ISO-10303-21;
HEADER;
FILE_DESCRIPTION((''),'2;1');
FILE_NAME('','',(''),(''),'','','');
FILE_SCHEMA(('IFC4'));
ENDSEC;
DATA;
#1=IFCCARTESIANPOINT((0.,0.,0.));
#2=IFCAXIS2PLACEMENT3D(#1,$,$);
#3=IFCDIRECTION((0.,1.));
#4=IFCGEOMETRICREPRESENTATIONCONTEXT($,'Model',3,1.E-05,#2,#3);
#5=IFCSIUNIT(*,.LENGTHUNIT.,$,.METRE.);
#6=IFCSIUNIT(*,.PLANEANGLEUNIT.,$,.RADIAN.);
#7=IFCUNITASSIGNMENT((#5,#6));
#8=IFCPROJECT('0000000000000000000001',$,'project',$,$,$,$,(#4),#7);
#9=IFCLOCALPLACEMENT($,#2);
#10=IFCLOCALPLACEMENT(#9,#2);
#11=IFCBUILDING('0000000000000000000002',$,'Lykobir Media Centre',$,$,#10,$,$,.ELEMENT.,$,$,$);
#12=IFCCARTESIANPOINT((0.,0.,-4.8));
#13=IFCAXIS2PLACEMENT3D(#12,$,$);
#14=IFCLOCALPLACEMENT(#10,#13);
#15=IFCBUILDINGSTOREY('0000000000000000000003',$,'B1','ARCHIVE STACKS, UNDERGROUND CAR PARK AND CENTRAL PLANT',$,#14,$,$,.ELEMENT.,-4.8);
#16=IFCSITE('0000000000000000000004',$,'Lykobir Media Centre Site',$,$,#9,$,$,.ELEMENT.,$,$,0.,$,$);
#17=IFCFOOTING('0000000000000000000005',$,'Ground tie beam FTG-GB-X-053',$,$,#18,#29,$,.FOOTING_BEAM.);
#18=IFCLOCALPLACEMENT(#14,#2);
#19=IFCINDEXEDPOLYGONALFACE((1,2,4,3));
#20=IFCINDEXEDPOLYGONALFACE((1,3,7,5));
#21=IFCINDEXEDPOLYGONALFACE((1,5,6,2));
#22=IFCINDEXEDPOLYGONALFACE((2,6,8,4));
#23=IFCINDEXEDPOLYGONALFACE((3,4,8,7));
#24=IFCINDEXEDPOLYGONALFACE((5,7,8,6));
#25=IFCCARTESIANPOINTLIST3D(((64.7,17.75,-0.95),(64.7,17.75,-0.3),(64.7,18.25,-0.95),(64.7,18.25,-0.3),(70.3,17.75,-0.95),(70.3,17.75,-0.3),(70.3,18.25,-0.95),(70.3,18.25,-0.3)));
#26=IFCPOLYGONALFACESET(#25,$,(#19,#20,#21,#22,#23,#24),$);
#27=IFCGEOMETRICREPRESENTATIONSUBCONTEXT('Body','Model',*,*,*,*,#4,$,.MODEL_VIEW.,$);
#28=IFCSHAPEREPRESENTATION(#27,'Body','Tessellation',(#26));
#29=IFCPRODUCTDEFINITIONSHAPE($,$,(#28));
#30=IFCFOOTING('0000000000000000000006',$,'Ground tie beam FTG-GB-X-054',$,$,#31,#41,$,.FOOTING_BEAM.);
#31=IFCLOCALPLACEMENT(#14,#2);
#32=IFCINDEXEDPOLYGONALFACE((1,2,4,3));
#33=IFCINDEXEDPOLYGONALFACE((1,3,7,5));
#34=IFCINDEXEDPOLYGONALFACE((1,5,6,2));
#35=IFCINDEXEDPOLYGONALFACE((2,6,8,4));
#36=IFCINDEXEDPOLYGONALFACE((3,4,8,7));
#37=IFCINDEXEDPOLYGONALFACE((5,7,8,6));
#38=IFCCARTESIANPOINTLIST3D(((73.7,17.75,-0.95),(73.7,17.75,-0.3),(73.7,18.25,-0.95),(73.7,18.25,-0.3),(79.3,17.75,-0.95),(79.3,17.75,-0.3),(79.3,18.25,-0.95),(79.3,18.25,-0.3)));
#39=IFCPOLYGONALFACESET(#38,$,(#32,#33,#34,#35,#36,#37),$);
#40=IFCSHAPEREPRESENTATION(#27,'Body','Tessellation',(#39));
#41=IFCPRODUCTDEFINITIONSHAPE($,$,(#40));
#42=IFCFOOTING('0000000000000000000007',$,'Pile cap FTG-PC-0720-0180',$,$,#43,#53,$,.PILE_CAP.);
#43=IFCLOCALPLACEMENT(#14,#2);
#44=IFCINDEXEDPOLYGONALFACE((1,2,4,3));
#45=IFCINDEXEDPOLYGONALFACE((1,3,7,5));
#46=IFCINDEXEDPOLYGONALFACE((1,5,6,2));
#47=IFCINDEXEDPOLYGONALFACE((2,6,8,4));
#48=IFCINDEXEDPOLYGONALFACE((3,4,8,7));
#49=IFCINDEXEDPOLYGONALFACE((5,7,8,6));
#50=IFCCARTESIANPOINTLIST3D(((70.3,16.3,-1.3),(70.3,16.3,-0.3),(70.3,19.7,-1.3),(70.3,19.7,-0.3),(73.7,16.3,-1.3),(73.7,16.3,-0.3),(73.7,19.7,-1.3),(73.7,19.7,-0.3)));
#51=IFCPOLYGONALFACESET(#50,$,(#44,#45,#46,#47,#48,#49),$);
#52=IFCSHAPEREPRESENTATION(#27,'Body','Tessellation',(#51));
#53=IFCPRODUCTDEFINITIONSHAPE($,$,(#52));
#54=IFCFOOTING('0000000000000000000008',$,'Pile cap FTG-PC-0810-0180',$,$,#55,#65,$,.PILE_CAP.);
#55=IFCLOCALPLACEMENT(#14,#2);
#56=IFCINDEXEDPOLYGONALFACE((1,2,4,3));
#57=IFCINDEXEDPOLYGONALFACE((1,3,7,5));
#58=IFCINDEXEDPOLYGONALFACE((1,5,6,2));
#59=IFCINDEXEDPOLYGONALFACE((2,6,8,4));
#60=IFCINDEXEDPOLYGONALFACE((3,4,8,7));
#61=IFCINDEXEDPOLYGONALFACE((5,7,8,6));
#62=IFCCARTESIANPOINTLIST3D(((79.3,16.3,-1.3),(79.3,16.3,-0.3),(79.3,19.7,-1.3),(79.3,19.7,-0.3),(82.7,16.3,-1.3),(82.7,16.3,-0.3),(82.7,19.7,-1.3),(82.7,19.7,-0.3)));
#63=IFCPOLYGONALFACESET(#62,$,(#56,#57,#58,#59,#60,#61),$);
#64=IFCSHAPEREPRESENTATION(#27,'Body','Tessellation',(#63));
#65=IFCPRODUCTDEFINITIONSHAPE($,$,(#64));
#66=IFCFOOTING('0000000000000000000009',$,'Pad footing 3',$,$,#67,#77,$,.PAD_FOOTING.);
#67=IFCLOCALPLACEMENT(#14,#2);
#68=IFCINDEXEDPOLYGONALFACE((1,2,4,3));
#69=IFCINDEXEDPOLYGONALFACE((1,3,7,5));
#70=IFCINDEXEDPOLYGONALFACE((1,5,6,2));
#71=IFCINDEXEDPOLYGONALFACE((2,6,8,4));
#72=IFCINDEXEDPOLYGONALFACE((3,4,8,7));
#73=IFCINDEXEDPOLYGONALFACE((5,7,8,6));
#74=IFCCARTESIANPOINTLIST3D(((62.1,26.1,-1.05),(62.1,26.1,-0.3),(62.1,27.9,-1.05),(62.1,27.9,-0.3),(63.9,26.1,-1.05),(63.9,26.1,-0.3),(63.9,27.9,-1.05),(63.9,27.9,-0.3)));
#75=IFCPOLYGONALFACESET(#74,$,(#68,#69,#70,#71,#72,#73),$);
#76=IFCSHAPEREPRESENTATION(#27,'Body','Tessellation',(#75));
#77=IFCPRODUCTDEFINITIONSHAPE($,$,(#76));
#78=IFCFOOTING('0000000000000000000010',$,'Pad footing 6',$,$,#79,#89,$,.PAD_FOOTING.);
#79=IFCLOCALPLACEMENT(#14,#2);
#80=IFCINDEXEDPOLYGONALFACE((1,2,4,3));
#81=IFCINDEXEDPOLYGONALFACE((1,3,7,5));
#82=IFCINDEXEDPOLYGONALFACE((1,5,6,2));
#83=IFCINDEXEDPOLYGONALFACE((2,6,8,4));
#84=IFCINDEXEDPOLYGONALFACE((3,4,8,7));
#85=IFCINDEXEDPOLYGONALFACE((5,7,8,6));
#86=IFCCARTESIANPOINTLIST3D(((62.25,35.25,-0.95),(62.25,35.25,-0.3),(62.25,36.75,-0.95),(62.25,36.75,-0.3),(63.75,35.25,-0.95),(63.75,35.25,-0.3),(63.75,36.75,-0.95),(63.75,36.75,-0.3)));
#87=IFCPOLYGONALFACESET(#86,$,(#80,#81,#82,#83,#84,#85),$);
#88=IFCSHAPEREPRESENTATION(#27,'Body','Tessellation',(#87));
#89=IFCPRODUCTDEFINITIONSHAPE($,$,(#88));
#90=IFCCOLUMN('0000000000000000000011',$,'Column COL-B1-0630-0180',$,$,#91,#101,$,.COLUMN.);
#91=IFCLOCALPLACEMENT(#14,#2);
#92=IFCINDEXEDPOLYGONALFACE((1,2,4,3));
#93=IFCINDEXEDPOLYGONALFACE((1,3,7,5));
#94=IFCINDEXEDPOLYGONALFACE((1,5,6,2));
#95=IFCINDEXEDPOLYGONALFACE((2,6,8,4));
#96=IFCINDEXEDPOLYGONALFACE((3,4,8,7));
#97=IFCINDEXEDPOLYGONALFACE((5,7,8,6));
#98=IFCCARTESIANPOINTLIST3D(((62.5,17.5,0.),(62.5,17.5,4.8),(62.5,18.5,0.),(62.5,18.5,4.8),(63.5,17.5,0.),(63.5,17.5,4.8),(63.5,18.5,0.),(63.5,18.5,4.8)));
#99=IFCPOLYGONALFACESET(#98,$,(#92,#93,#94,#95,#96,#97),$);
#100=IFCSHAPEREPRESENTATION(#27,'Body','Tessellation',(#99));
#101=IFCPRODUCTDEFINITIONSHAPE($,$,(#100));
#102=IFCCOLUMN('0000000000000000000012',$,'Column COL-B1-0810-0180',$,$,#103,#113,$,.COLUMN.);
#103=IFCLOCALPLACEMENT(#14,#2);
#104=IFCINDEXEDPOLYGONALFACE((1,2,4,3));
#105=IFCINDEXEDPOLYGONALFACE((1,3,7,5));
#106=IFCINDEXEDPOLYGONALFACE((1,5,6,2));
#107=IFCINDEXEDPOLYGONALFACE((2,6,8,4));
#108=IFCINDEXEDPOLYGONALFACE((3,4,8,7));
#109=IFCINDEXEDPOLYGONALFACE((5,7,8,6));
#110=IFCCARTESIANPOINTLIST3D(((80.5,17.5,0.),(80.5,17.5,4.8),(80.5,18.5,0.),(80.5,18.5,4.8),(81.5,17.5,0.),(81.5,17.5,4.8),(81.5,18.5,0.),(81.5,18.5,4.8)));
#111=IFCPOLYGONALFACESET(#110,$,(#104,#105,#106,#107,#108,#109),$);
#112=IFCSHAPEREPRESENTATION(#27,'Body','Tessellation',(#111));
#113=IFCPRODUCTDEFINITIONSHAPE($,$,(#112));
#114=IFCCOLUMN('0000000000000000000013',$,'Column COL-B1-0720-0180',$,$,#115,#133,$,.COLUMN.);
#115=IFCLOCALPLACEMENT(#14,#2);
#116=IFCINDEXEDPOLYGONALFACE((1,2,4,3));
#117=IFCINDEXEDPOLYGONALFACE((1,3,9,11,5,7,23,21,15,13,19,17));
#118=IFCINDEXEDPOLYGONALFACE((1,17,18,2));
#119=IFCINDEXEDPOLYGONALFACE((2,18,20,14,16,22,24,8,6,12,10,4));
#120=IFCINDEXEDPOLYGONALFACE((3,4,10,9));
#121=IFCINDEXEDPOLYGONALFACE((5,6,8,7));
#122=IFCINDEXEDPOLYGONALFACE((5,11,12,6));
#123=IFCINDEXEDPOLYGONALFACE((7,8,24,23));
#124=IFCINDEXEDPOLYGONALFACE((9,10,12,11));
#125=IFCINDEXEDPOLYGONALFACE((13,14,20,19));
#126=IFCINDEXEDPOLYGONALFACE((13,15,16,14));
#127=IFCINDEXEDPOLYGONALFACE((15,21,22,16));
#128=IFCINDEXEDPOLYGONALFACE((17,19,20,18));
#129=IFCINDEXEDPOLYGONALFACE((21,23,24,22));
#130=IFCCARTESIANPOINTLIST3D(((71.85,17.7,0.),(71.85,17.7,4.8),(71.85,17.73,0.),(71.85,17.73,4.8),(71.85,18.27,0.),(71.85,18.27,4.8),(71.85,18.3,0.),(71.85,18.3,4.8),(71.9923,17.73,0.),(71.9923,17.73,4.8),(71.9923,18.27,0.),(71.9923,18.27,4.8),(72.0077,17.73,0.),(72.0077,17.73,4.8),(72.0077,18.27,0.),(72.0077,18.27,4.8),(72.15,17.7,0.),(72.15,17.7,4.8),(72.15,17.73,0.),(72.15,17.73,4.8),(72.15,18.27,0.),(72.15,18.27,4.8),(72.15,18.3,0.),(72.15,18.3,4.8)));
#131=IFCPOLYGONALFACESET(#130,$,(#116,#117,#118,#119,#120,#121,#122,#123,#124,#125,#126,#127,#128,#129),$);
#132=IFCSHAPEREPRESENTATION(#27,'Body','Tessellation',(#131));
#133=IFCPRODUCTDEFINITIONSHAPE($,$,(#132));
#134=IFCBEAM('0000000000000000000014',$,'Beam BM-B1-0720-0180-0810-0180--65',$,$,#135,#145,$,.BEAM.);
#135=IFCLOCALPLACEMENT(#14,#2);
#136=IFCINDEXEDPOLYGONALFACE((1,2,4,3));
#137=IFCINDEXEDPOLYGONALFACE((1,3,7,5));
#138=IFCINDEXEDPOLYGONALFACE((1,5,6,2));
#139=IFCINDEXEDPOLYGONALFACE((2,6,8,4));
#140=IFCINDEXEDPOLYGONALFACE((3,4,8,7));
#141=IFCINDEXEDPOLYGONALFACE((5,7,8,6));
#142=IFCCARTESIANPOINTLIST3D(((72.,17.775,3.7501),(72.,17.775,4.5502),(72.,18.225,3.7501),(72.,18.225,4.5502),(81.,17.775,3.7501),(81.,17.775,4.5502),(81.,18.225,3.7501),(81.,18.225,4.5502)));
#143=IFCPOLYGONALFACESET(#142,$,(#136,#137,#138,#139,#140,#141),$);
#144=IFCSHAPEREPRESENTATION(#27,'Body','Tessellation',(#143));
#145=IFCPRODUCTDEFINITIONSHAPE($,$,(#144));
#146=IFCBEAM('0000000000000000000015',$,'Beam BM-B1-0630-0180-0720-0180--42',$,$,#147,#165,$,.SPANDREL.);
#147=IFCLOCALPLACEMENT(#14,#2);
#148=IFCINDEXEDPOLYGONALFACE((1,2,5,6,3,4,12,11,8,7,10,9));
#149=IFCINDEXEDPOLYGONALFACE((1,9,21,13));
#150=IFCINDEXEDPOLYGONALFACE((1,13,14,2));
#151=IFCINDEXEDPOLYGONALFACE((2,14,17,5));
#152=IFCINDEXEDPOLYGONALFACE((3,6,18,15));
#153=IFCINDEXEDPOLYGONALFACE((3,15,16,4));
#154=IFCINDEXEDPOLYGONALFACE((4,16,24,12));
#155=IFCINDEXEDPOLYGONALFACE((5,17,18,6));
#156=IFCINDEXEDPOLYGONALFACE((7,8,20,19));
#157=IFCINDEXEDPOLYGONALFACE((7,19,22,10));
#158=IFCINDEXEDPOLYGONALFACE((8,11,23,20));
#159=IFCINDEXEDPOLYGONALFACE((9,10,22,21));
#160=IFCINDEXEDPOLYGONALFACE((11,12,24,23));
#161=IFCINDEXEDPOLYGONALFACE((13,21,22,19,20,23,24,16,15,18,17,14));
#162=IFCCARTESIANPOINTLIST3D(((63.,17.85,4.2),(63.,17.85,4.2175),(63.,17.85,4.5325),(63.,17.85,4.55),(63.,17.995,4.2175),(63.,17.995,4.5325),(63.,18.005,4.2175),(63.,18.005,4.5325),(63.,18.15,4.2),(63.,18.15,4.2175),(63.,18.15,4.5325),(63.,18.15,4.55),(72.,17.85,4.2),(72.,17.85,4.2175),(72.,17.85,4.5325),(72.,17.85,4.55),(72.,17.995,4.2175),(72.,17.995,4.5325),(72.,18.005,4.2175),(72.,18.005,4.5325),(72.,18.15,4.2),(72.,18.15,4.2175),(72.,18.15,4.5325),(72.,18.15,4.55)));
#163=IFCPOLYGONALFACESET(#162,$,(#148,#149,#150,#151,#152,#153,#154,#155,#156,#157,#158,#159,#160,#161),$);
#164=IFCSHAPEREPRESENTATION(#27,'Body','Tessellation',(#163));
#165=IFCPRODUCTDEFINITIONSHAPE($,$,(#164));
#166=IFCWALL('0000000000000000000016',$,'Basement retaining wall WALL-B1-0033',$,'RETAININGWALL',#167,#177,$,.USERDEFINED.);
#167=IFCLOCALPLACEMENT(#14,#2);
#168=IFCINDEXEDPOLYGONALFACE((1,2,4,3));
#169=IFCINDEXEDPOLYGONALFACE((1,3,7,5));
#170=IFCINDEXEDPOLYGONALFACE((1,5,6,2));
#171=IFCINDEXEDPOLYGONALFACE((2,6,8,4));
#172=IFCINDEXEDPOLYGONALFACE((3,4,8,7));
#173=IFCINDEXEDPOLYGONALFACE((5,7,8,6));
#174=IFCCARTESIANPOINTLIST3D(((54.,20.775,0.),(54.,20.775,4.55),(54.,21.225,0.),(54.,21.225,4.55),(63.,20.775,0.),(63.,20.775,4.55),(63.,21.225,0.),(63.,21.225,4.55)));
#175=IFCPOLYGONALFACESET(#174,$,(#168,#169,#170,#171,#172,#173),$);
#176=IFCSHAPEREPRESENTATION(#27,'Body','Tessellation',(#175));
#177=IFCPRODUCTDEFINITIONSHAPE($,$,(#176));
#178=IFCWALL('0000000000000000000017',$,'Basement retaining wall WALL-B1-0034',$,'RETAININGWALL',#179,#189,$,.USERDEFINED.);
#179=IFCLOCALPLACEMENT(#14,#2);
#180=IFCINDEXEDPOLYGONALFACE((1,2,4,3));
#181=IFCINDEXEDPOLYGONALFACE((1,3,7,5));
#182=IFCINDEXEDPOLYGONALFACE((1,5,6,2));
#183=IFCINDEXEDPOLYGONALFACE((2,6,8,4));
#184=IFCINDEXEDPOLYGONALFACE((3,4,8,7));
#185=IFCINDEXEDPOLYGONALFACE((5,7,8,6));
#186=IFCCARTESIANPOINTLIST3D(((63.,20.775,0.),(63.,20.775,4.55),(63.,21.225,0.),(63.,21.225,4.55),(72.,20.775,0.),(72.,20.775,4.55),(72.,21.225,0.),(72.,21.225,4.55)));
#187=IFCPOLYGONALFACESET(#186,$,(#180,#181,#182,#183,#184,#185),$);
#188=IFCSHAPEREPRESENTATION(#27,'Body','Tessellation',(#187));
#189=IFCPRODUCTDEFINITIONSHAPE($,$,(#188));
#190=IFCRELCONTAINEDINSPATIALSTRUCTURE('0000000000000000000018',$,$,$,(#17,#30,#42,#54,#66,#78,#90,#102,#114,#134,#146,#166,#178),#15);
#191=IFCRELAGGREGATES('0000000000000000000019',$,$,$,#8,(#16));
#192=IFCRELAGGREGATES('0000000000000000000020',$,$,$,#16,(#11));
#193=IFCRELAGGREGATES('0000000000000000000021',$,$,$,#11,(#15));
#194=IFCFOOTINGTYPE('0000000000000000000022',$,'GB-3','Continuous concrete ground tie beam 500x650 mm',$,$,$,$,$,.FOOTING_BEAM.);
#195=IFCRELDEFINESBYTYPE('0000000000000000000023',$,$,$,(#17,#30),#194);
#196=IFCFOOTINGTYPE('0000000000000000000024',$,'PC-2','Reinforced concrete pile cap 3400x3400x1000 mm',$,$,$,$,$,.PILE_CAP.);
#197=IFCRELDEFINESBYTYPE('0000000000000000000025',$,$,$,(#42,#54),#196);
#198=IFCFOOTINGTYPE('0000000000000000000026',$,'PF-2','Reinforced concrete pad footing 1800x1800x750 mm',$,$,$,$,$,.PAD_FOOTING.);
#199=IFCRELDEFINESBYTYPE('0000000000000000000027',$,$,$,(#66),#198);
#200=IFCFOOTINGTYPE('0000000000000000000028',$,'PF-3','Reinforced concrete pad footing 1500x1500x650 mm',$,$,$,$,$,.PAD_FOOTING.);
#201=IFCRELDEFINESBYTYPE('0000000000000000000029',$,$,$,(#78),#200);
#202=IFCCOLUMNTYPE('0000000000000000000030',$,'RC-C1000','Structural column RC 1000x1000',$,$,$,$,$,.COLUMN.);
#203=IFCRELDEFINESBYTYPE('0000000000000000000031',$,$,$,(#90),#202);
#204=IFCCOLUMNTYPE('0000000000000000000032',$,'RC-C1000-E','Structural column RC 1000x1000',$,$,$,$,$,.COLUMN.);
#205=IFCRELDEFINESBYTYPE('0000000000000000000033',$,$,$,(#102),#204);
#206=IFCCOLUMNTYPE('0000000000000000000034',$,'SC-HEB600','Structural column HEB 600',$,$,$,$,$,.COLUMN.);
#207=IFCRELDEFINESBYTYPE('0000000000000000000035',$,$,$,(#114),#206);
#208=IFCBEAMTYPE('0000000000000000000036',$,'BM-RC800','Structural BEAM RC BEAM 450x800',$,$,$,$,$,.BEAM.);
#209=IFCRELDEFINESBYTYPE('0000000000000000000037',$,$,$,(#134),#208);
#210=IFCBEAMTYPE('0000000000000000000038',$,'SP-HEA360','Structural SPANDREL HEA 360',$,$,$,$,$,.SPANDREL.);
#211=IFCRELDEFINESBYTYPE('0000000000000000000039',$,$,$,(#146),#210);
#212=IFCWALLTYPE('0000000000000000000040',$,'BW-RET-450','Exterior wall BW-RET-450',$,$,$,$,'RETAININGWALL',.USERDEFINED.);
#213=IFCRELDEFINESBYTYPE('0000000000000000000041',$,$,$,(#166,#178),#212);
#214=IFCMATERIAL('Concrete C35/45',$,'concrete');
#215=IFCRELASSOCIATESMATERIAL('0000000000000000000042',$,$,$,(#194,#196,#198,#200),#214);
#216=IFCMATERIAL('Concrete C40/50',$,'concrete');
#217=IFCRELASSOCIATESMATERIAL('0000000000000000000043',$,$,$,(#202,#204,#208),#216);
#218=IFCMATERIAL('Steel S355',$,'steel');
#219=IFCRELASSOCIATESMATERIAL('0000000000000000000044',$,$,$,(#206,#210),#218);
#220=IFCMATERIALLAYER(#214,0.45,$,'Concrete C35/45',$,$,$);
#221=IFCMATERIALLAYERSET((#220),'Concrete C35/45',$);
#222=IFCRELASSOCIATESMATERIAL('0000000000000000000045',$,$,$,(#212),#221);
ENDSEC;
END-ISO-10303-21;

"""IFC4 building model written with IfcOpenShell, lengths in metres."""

from ifc_helpers import new_model, si_unit, direction, frame, frame_2d, origin, origin_2d, place, context, subcontext, project, spatial, rectangle, i_section, extrude, material, layer, layer_set, material_profile, profile_set, type_object, element, save


model = new_model("IFC4")

# Units and contexts
model_context = context("Model", 3, precision=1e-05, world=origin(), true_north=direction((0.0, 1.0)))
body_context = subcontext(model_context, "Body", "Model", "MODEL_VIEW")
ifc_project = project(units=[si_unit("LENGTHUNIT", "METRE"), si_unit("PLANEANGLEUNIT", "RADIAN")], contexts=[model_context])

# Site, building, storey
site_placement = place(None, origin())
site = spatial("IfcSite", under=ifc_project, at=site_placement, Name="Lykobir Media Centre Site", CompositionType="ELEMENT", RefElevation=0.0)
building_placement = place(site_placement, origin())
building = spatial("IfcBuilding", under=site, at=building_placement, Name="Lykobir Media Centre", CompositionType="ELEMENT")
storey_placement = place(building_placement, frame((0.0, 0.0, -4.8)))
storey = spatial("IfcBuildingStorey", under=building, at=storey_placement, Name="B1", Description="ARCHIVE STACKS, UNDERGROUND CAR PARK AND CENTRAL PLANT", CompositionType="ELEMENT", Elevation=-4.8)

# Footings
ifc_material_1 = material(Name="Concrete C35/45", Category="concrete")
footing_type_1 = type_object("IfcFootingType", Name="GB-3", Description="Continuous concrete ground tie beam 500x650 mm", PredefinedType="FOOTING_BEAM", material=ifc_material_1)
for number, where, z_axis, x_axis, name in (
    (1, (67.5, 18.0, -0.95), (0.0, 0.0, 1.0), (1.0, 0.0, 0.0), "Ground tie beam FTG-GB-X-053"),
    (2, (76.5, 18.0, -0.95), (0.0, 0.0, 1.0), (1.0, 0.0, 0.0), "Ground tie beam FTG-GB-X-054"),
):
    element("IfcFooting", number, at=place(storey_placement, frame(where, z_axis=z_axis, x_axis=x_axis)), inside=storey, type_object=footing_type_1, Name=name, PredefinedType="FOOTING_BEAM", context=body_context, shape_type="SweptSolid", body=[
        extrude(rectangle(XDim=5.6001, YDim=0.5, at=origin_2d()), origin(), (0.0, 0.0, 1.0), 0.6499),
    ])
footing_type_2 = type_object("IfcFootingType", Name="PC-2", Description="Reinforced concrete pile cap 3400x3400x1000 mm", PredefinedType="PILE_CAP", material=ifc_material_1)
for number, where, z_axis, x_axis, name in (
    (3, (72.0, 18.0, -1.3), (0.0, 0.0, 1.0), (1.0, 0.0, 0.0), "Pile cap FTG-PC-0720-0180"),
    (4, (81.0, 18.0, -1.3), (0.0, 0.0, 1.0), (1.0, 0.0, 0.0), "Pile cap FTG-PC-0810-0180"),
):
    element("IfcFooting", number, at=place(storey_placement, frame(where, z_axis=z_axis, x_axis=x_axis)), inside=storey, type_object=footing_type_2, Name=name, PredefinedType="PILE_CAP", context=body_context, shape_type="SweptSolid", body=[
        extrude(rectangle(XDim=3.3999, YDim=3.3999, at=origin_2d()), origin(), (0.0, 0.0, 1.0), 1.0),
    ])
footing_type_3 = type_object("IfcFootingType", Name="PF-2", Description="Reinforced concrete pad footing 1800x1800x750 mm", PredefinedType="PAD_FOOTING", material=ifc_material_1)
footing_1_placement = place(storey_placement, frame((63.0, 27.0, -1.05), z_axis=(0.0, 0.0, 1.0), x_axis=(1.0, 0.0, 0.0)))
element("IfcFooting", 5, at=footing_1_placement, inside=storey, type_object=footing_type_3, Name="Pad footing 3", PredefinedType="PAD_FOOTING", context=body_context, shape_type="SweptSolid", body=[
    extrude(rectangle(XDim=1.8, YDim=1.8, at=origin_2d()), origin(), (0.0, 0.0, 1.0), 0.75),
])
footing_type_4 = type_object("IfcFootingType", Name="PF-3", Description="Reinforced concrete pad footing 1500x1500x650 mm", PredefinedType="PAD_FOOTING", material=ifc_material_1)
footing_2_placement = place(storey_placement, frame((63.0, 36.0, -0.95), z_axis=(0.0, 0.0, 1.0), x_axis=(1.0, 0.0, 0.0)))
element("IfcFooting", 6, at=footing_2_placement, inside=storey, type_object=footing_type_4, Name="Pad footing 6", PredefinedType="PAD_FOOTING", context=body_context, shape_type="SweptSolid", body=[
    extrude(rectangle(XDim=1.5, YDim=1.5, at=origin_2d()), origin(), (0.0, 0.0, 1.0), 0.6499),
])

# Columns
ifc_material_2 = material(Name="Concrete C40/50", Category="concrete")
ifc_material_profile_1 = material_profile(ifc_material_2, rectangle(XDim=1.0, YDim=1.0, at=origin_2d()), Name="RC 1000x1000")
ifc_profile_set_1 = profile_set([ifc_material_profile_1], Name="Concrete C40/50")
column_type_1 = type_object("IfcColumnType", Name="RC-C1000", Description="Structural column RC 1000x1000", PredefinedType="COLUMN", material=ifc_profile_set_1)
column_1_placement = place(storey_placement, frame((63.0, 18.0, 0.0), z_axis=(0.0, 0.0, 1.0), x_axis=(1.0, 0.0, 0.0)))
element("IfcColumn", 7, at=column_1_placement, inside=storey, type_object=column_type_1, Name="Column COL-B1-0630-0180", PredefinedType="COLUMN", context=body_context, shape_type="SweptSolid", body=[
    extrude(rectangle(XDim=1.0, YDim=1.0, at=origin_2d()), origin(), (0.0, 0.0, 1.0), 4.8),
])
ifc_material_profile_2 = material_profile(ifc_material_2, rectangle(XDim=1.0, YDim=1.0, at=origin_2d()), Name="RC 1000x1000")
ifc_profile_set_2 = profile_set([ifc_material_profile_2], Name="Concrete C40/50")
column_type_2 = type_object("IfcColumnType", Name="RC-C1000-E", Description="Structural column RC 1000x1000", PredefinedType="COLUMN", material=ifc_profile_set_2)
column_2_placement = place(storey_placement, frame((81.0, 18.0, 0.0), z_axis=(0.0, 0.0, 1.0), x_axis=(1.0, 0.0, 0.0)))
element("IfcColumn", 8, at=column_2_placement, inside=storey, type_object=column_type_2, Name="Column COL-B1-0810-0180", PredefinedType="COLUMN", context=body_context, shape_type="SweptSolid", body=[
    extrude(rectangle(XDim=1.0, YDim=1.0, at=origin_2d()), origin(), (0.0, 0.0, 1.0), 4.8),
])
ifc_material_3 = material(Name="Steel S355", Category="steel")
ifc_material_profile_3 = material_profile(ifc_material_3, i_section(OverallWidth=0.3, OverallDepth=0.6001, WebThickness=0.0154, FlangeThickness=0.03, at=origin_2d()), Name="HEB 600")
ifc_profile_set_3 = profile_set([ifc_material_profile_3], Name="Steel S355")
column_type_3 = type_object("IfcColumnType", Name="SC-HEB600", Description="Structural column HEB 600", PredefinedType="COLUMN", material=ifc_profile_set_3)
column_3_placement = place(storey_placement, frame((72.0, 18.0, 0.0), z_axis=(0.0, 0.0, 1.0), x_axis=(1.0, 0.0, 0.0)))
element("IfcColumn", 9, at=column_3_placement, inside=storey, type_object=column_type_3, Name="Column COL-B1-0720-0180", PredefinedType="COLUMN", context=body_context, shape_type="SweptSolid", body=[
    extrude(i_section(OverallWidth=0.3, OverallDepth=0.6001, WebThickness=0.0154, FlangeThickness=0.03, at=origin_2d()), origin(), (0.0, 0.0, 1.0), 4.8),
])

# Beams
ifc_material_profile_4 = material_profile(ifc_material_2, rectangle(XDim=0.45, YDim=0.8, at=origin_2d()), Name="RC BEAM 450x800")
ifc_profile_set_4 = profile_set([ifc_material_profile_4], Name="Concrete C40/50")
beam_type_1 = type_object("IfcBeamType", Name="BM-RC800", Description="Structural BEAM RC BEAM 450x800", PredefinedType="BEAM", material=ifc_profile_set_4)
beam_1_placement = place(storey_placement, frame((72.0, 18.0, 4.1501), z_axis=(1.0, 0.0, 0.0), x_axis=(0.0, 1.0, 0.0)))
element("IfcBeam", 10, at=beam_1_placement, inside=storey, type_object=beam_type_1, Name="Beam BM-B1-0720-0180-0810-0180--65", PredefinedType="BEAM", context=body_context, shape_type="SweptSolid", body=[
    extrude(rectangle(XDim=0.45, YDim=0.8, at=origin_2d()), origin(), (0.0, 0.0, 1.0), 9.0),
])
ifc_material_profile_5 = material_profile(ifc_material_3, i_section(OverallWidth=0.3, OverallDepth=0.3501, WebThickness=0.01, FlangeThickness=0.0176, at=origin_2d()), Name="HEA 360")
ifc_profile_set_5 = profile_set([ifc_material_profile_5], Name="Steel S355")
beam_type_2 = type_object("IfcBeamType", Name="SP-HEA360", Description="Structural SPANDREL HEA 360", PredefinedType="SPANDREL", material=ifc_profile_set_5)
beam_2_placement = place(storey_placement, frame((63.0, 18.0, 4.375), z_axis=(1.0, 0.0, 0.0), x_axis=(0.0, 1.0, 0.0)))
element("IfcBeam", 11, at=beam_2_placement, inside=storey, type_object=beam_type_2, Name="Beam BM-B1-0630-0180-0720-0180--42", PredefinedType="SPANDREL", context=body_context, shape_type="SweptSolid", body=[
    extrude(i_section(OverallWidth=0.3, OverallDepth=0.3501, WebThickness=0.01, FlangeThickness=0.0176, at=origin_2d()), origin(), (0.0, 0.0, 1.0), 9.0),
])

# Walls
ifc_layer_1 = layer(ifc_material_1, 0.45, Name="Concrete C35/45")
ifc_layer_set_1 = layer_set([ifc_layer_1], Name="Concrete C35/45")
wall_type_1 = type_object("IfcWallType", Name="BW-RET-450", Description="Exterior wall BW-RET-450", ElementType="RETAININGWALL", PredefinedType="USERDEFINED", material=ifc_layer_set_1)
for number, where, z_axis, x_axis, name in (
    (12, (63.0, 21.0, 0.0), (0.0, 0.0, 1.0), (-1.0, 0.0, 0.0), "Basement retaining wall WALL-B1-0033"),
    (13, (72.0, 21.0, 0.0), (0.0, 0.0, 1.0), (-1.0, 0.0, 0.0), "Basement retaining wall WALL-B1-0034"),
):
    element("IfcWall", number, at=place(storey_placement, frame(where, z_axis=z_axis, x_axis=x_axis)), inside=storey, type_object=wall_type_1, Name=name, ObjectType="RETAININGWALL", PredefinedType="USERDEFINED", context=body_context, shape_type="SweptSolid", body=[
        extrude(rectangle(XDim=9.0, YDim=0.45, at=frame_2d((4.5, 0.0))), origin(), (0.0, 0.0, 1.0), 4.55),
    ])

save(model, "model.ifc")
